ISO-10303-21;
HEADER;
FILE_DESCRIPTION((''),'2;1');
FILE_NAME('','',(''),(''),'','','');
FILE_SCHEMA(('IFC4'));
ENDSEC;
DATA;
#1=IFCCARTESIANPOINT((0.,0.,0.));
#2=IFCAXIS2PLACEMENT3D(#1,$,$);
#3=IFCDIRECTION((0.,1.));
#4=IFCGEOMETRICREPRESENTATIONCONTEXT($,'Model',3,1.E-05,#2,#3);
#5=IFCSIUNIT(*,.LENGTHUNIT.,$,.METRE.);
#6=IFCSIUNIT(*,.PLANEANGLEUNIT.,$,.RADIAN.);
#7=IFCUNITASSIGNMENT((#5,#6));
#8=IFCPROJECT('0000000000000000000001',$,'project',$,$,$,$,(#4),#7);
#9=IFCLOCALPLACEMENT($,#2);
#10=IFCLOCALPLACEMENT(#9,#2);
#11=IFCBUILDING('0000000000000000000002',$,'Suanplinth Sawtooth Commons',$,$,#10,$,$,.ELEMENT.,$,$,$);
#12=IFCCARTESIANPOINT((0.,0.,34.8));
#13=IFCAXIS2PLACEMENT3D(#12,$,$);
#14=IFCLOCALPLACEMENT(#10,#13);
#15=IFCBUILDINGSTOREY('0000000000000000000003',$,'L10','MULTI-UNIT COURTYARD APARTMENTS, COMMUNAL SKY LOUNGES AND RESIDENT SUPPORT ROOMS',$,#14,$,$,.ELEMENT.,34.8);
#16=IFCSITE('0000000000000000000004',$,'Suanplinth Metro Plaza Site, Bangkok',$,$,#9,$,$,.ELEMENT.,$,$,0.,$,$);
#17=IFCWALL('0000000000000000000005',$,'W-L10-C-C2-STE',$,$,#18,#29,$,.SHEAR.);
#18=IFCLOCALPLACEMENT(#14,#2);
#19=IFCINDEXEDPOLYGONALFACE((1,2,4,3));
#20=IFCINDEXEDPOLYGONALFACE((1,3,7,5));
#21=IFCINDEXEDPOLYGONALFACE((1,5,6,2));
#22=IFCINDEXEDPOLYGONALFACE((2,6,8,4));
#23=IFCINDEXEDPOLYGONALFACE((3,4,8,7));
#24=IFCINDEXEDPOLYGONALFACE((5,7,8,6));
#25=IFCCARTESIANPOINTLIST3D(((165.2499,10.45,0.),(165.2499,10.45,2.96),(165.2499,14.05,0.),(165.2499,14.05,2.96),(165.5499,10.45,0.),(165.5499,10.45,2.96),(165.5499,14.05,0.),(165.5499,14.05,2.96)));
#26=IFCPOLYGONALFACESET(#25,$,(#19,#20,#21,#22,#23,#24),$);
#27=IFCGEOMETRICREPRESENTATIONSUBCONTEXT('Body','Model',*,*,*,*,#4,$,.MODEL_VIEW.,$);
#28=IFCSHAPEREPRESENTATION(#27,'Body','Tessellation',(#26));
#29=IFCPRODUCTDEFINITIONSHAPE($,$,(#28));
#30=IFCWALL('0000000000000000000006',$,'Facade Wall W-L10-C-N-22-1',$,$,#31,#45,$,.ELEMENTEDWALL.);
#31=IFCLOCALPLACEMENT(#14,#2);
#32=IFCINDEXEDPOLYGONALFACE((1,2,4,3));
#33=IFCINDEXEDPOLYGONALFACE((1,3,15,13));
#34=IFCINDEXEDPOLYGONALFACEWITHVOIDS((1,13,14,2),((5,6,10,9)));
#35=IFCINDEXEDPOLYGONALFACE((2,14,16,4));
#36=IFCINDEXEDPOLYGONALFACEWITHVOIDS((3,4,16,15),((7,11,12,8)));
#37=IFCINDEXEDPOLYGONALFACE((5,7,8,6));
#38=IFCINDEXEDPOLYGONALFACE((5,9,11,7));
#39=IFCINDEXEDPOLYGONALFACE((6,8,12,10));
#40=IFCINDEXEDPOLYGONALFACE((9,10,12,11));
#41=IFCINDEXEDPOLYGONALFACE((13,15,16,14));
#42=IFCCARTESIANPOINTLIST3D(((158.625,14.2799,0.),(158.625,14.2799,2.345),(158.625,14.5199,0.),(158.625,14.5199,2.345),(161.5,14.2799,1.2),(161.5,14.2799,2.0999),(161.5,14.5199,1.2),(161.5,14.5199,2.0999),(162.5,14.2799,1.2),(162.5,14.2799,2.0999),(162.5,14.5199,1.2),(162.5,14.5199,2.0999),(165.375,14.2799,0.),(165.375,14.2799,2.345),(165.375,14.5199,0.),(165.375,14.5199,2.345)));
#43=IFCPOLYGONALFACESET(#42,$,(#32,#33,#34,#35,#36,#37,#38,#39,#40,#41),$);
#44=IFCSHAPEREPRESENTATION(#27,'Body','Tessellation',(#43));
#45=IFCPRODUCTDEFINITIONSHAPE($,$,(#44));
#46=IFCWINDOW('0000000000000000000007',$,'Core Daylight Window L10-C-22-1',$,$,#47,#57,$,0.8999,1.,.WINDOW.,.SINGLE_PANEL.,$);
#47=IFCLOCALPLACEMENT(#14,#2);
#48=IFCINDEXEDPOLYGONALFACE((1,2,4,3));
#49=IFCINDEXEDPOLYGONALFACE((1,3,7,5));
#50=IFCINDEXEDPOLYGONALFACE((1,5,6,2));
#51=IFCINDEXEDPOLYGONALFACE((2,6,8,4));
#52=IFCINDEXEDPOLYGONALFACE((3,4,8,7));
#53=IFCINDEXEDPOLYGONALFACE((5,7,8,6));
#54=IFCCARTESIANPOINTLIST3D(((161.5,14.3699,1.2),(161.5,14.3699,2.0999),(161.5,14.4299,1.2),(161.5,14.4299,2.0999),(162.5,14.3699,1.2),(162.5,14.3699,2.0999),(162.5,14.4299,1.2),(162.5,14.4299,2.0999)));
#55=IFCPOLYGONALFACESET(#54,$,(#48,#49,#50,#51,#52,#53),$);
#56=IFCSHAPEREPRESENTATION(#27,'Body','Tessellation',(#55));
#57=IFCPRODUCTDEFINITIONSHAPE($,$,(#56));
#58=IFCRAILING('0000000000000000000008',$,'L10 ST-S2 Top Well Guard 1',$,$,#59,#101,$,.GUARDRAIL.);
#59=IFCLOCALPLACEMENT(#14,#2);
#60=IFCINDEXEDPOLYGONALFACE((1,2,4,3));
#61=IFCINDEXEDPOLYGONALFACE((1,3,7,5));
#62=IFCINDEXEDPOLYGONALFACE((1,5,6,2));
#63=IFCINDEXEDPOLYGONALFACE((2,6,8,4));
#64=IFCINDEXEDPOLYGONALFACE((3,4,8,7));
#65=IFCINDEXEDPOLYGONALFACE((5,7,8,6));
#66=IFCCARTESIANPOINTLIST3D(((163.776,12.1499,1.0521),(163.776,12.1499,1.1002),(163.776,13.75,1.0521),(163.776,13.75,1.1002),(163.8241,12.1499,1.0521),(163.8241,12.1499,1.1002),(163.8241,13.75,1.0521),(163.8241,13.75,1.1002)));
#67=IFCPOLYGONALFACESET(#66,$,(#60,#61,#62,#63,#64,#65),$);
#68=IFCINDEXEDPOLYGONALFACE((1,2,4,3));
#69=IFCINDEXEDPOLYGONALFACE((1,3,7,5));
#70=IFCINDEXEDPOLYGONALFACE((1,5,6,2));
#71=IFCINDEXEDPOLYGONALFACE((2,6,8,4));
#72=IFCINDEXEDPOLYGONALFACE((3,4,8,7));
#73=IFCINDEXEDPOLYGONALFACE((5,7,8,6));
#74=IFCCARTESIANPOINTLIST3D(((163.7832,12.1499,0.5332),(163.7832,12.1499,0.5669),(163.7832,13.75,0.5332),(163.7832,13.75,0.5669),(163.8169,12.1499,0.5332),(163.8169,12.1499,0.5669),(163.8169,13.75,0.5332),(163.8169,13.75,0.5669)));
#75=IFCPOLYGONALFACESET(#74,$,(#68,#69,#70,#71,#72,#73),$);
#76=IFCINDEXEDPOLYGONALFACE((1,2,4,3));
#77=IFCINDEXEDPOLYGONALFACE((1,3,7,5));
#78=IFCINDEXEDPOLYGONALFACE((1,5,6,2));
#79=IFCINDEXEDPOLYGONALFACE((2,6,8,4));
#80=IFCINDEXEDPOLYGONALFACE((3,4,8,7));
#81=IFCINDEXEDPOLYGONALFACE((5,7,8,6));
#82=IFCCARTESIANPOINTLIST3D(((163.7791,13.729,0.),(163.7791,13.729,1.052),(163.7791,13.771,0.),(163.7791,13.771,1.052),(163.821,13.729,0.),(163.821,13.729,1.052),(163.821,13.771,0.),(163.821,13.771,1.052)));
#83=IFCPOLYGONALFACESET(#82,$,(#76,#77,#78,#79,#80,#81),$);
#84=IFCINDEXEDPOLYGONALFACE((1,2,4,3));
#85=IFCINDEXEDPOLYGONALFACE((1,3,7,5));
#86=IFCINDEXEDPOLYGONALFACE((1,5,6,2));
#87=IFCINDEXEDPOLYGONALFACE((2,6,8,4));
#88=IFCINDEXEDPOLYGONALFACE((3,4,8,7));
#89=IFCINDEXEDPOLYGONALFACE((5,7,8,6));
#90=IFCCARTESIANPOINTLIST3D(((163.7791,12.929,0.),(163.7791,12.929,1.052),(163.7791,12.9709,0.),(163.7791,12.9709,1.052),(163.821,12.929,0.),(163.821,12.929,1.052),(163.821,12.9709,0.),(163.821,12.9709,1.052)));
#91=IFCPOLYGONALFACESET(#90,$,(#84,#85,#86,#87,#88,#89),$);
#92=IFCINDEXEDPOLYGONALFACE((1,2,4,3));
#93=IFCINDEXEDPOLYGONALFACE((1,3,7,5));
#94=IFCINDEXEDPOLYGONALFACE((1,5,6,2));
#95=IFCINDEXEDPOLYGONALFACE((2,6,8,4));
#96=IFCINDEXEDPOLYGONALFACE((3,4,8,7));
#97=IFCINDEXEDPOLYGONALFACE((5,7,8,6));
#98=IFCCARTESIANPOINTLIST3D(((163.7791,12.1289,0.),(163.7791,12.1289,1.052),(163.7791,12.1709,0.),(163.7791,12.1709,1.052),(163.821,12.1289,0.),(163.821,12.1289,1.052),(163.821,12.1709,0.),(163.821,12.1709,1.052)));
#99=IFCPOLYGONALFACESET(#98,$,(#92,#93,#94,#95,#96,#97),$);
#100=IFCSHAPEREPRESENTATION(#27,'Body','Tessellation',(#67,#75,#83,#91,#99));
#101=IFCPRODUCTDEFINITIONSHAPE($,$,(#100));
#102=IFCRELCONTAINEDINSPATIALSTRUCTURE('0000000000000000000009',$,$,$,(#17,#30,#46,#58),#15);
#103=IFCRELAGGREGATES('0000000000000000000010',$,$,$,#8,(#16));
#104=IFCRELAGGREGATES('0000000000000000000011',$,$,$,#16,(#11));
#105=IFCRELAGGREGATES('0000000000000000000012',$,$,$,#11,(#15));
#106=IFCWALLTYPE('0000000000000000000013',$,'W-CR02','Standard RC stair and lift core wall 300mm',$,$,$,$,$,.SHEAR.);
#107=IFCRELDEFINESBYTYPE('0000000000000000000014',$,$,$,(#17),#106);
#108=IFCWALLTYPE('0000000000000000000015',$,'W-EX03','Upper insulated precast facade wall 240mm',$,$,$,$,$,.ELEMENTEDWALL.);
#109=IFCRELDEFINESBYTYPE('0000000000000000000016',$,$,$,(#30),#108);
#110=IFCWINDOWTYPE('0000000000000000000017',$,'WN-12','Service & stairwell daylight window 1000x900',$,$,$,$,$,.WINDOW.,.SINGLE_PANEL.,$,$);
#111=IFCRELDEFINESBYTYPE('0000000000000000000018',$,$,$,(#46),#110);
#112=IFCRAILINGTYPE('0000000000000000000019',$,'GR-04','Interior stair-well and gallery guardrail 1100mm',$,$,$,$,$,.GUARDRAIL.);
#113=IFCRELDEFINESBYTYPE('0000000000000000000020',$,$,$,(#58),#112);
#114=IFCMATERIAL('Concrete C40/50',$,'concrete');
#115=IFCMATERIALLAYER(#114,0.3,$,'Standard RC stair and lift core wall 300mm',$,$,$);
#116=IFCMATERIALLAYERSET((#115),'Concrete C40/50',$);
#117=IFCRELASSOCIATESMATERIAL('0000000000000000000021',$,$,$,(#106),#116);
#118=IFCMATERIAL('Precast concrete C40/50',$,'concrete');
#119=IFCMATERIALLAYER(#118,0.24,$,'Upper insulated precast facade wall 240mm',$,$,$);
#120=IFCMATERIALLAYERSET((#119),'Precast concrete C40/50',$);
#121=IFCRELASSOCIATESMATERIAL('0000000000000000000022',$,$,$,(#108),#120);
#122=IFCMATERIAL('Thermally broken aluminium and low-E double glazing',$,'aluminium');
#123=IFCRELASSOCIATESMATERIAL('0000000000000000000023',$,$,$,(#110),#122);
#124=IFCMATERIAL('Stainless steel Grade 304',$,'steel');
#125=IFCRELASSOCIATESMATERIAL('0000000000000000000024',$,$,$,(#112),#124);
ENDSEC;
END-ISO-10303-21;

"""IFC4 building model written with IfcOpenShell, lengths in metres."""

from ifc_helpers import new_model, si_unit, direction, frame, frame_2d, origin, origin_2d, place, context, subcontext, project, spatial, rectangle, extrude, material, layer, layer_set, type_object, element, fill, save


model = new_model("IFC4")

# Units and contexts
model_context = context("Model", 3, precision=1e-05, world=origin(), true_north=direction((0.0, 1.0)))
body_context = subcontext(model_context, "Body", "Model", "MODEL_VIEW")
ifc_project = project(units=[si_unit("LENGTHUNIT", "METRE"), si_unit("PLANEANGLEUNIT", "RADIAN")], contexts=[model_context])

# Site, building, storey
site_placement = place(None, origin())
site = spatial("IfcSite", under=ifc_project, at=site_placement, Name="Suanplinth Metro Plaza Site, Bangkok", CompositionType="ELEMENT", RefElevation=0.0)
building_placement = place(site_placement, origin())
building = spatial("IfcBuilding", under=site, at=building_placement, Name="Suanplinth Sawtooth Commons", CompositionType="ELEMENT")
storey_placement = place(building_placement, frame((0.0, 0.0, 34.8)))
storey = spatial("IfcBuildingStorey", under=building, at=storey_placement, Name="L10", Description="MULTI-UNIT COURTYARD APARTMENTS, COMMUNAL SKY LOUNGES AND RESIDENT SUPPORT ROOMS", CompositionType="ELEMENT", Elevation=34.8)

# Shared definitions
ifc_material_1 = material(Name="Precast concrete C40/50", Category="concrete")

# Shared definitions
ifc_material_2 = material(Name="Concrete C40/50", Category="concrete")
ifc_layer_1 = layer(ifc_material_2, 0.3, Name="Standard RC stair and lift core wall 300mm")
ifc_layer_set_1 = layer_set([ifc_layer_1], Name="Concrete C40/50")
wall_type_1 = type_object("IfcWallType", Name="W-CR02", Description="Standard RC stair and lift core wall 300mm", PredefinedType="SHEAR", material=ifc_layer_set_1)

# Wall
for number, where, z_axis, x_axis, name in (
    (1, (165.3999, 10.45, 0.0), (0.0, 0.0, 1.0), (0.0, 1.0, 0.0), "W-L10-C-C2-STE"),
):
    element("IfcWall", number, at=place(storey_placement, frame(where, z_axis=z_axis, x_axis=x_axis)), inside=storey, type_object=wall_type_1, Name=name, PredefinedType="SHEAR", context=body_context, shape_type="SweptSolid", body=[
        extrude(rectangle(XDim=3.6001, YDim=0.3, at=frame_2d((1.8, 0.0))), origin(), (0.0, 0.0, 1.0), 2.96),
    ])

# Wall, opening, window
ifc_layer_2 = layer(ifc_material_1, 0.24, Name="Upper insulated precast facade wall 240mm")
ifc_layer_set_2 = layer_set([ifc_layer_2], Name="Precast concrete C40/50")
wall_type_2 = type_object("IfcWallType", Name="W-EX03", Description="Upper insulated precast facade wall 240mm", PredefinedType="ELEMENTEDWALL", material=ifc_layer_set_2)
wall_1_placement = place(storey_placement, frame((158.625, 14.3999, 0.0), z_axis=(0.0, 0.0, 1.0), x_axis=(1.0, 0.0, 0.0)))
wall_1 = element("IfcWall", 2, at=wall_1_placement, inside=storey, type_object=wall_type_2, Name="Facade Wall W-L10-C-N-22-1", PredefinedType="ELEMENTEDWALL", context=body_context, shape_type="SweptSolid", body=[
    extrude(rectangle(XDim=6.75, YDim=0.24, at=frame_2d((3.375, 0.0))), origin(), (0.0, 0.0, 1.0), 2.345),
])
opening_1_placement = place(wall_1_placement, frame((2.875, 0.0, 1.2)))
opening_1 = element("IfcOpeningElement", 3, at=opening_1_placement, cuts=wall_1, PredefinedType="OPENING", context=body_context, shape_type="SweptSolid", body=[
    extrude(rectangle(XDim=1.0, YDim=0.8999, at=frame_2d((0.5, 0.45))), frame((0.0, 0.1348, 0.0), z_axis=(0.0, -1.0, 0.0), x_axis=(1.0, 0.0, 0.0)), (0.0, 0.0, 1.0), 0.2698),
])
ifc_material_3 = material(Name="Thermally broken aluminium and low-E double glazing", Category="aluminium")
window_type = type_object("IfcWindowType", Name="WN-12", Description="Service & stairwell daylight window 1000x900", PartitioningType="SINGLE_PANEL", PredefinedType="WINDOW", material=ifc_material_3)
window_placement = place(opening_1_placement, origin())
window = element("IfcWindow", 4, at=window_placement, inside=storey, type_object=window_type, Name="Core Daylight Window L10-C-22-1", OverallHeight=0.8999, OverallWidth=1.0, PartitioningType="SINGLE_PANEL", PredefinedType="WINDOW", context=body_context, shape_type="SweptSolid", body=[
    extrude(rectangle(XDim=1.0, YDim=0.8999, at=frame_2d((0.5, 0.45))), frame((0.0, 0.03, 0.0), z_axis=(0.0, -1.0, 0.0), x_axis=(1.0, 0.0, 0.0)), (0.0, 0.0, 1.0), 0.0601),
])
fill(opening_1, window)

# Railing
ifc_material_4 = material(Name="Stainless steel Grade 304", Category="steel")
railing_type = type_object("IfcRailingType", Name="GR-04", Description="Interior stair-well and gallery guardrail 1100mm", PredefinedType="GUARDRAIL", material=ifc_material_4)
railing_placement = place(storey_placement, frame((163.8, 13.75, 0.0)))
element("IfcRailing", 5, at=railing_placement, inside=storey, type_object=railing_type, Name="L10 ST-S2 Top Well Guard 1", PredefinedType="GUARDRAIL", context=body_context, shape_type="SweptSolid", body=[
    extrude(rectangle(XDim=0.0481, YDim=0.0481, at=origin_2d()), frame((0.0, 0.0, 1.0762), z_axis=(0.0, -1.0, 0.0), x_axis=(1.0, 0.0, 0.0)), (0.0, 0.0, 1.0), 1.6001),
    extrude(rectangle(XDim=0.0337, YDim=0.0337, at=origin_2d()), frame((0.0, 0.0, 0.55), z_axis=(0.0, -1.0, 0.0), x_axis=(1.0, 0.0, 0.0)), (0.0, 0.0, 1.0), 1.6001),
    extrude(rectangle(XDim=0.042, YDim=0.042, at=origin_2d()), origin(), (0.0, 0.0, 1.0), 1.052),
    extrude(rectangle(XDim=0.042, YDim=0.042, at=origin_2d()), frame((0.0, -0.8, 0.0)), (0.0, 0.0, 1.0), 1.052),
    extrude(rectangle(XDim=0.042, YDim=0.042, at=origin_2d()), frame((0.0, -1.6001, 0.0)), (0.0, 0.0, 1.0), 1.052),
])

save(model, "model.ifc")
